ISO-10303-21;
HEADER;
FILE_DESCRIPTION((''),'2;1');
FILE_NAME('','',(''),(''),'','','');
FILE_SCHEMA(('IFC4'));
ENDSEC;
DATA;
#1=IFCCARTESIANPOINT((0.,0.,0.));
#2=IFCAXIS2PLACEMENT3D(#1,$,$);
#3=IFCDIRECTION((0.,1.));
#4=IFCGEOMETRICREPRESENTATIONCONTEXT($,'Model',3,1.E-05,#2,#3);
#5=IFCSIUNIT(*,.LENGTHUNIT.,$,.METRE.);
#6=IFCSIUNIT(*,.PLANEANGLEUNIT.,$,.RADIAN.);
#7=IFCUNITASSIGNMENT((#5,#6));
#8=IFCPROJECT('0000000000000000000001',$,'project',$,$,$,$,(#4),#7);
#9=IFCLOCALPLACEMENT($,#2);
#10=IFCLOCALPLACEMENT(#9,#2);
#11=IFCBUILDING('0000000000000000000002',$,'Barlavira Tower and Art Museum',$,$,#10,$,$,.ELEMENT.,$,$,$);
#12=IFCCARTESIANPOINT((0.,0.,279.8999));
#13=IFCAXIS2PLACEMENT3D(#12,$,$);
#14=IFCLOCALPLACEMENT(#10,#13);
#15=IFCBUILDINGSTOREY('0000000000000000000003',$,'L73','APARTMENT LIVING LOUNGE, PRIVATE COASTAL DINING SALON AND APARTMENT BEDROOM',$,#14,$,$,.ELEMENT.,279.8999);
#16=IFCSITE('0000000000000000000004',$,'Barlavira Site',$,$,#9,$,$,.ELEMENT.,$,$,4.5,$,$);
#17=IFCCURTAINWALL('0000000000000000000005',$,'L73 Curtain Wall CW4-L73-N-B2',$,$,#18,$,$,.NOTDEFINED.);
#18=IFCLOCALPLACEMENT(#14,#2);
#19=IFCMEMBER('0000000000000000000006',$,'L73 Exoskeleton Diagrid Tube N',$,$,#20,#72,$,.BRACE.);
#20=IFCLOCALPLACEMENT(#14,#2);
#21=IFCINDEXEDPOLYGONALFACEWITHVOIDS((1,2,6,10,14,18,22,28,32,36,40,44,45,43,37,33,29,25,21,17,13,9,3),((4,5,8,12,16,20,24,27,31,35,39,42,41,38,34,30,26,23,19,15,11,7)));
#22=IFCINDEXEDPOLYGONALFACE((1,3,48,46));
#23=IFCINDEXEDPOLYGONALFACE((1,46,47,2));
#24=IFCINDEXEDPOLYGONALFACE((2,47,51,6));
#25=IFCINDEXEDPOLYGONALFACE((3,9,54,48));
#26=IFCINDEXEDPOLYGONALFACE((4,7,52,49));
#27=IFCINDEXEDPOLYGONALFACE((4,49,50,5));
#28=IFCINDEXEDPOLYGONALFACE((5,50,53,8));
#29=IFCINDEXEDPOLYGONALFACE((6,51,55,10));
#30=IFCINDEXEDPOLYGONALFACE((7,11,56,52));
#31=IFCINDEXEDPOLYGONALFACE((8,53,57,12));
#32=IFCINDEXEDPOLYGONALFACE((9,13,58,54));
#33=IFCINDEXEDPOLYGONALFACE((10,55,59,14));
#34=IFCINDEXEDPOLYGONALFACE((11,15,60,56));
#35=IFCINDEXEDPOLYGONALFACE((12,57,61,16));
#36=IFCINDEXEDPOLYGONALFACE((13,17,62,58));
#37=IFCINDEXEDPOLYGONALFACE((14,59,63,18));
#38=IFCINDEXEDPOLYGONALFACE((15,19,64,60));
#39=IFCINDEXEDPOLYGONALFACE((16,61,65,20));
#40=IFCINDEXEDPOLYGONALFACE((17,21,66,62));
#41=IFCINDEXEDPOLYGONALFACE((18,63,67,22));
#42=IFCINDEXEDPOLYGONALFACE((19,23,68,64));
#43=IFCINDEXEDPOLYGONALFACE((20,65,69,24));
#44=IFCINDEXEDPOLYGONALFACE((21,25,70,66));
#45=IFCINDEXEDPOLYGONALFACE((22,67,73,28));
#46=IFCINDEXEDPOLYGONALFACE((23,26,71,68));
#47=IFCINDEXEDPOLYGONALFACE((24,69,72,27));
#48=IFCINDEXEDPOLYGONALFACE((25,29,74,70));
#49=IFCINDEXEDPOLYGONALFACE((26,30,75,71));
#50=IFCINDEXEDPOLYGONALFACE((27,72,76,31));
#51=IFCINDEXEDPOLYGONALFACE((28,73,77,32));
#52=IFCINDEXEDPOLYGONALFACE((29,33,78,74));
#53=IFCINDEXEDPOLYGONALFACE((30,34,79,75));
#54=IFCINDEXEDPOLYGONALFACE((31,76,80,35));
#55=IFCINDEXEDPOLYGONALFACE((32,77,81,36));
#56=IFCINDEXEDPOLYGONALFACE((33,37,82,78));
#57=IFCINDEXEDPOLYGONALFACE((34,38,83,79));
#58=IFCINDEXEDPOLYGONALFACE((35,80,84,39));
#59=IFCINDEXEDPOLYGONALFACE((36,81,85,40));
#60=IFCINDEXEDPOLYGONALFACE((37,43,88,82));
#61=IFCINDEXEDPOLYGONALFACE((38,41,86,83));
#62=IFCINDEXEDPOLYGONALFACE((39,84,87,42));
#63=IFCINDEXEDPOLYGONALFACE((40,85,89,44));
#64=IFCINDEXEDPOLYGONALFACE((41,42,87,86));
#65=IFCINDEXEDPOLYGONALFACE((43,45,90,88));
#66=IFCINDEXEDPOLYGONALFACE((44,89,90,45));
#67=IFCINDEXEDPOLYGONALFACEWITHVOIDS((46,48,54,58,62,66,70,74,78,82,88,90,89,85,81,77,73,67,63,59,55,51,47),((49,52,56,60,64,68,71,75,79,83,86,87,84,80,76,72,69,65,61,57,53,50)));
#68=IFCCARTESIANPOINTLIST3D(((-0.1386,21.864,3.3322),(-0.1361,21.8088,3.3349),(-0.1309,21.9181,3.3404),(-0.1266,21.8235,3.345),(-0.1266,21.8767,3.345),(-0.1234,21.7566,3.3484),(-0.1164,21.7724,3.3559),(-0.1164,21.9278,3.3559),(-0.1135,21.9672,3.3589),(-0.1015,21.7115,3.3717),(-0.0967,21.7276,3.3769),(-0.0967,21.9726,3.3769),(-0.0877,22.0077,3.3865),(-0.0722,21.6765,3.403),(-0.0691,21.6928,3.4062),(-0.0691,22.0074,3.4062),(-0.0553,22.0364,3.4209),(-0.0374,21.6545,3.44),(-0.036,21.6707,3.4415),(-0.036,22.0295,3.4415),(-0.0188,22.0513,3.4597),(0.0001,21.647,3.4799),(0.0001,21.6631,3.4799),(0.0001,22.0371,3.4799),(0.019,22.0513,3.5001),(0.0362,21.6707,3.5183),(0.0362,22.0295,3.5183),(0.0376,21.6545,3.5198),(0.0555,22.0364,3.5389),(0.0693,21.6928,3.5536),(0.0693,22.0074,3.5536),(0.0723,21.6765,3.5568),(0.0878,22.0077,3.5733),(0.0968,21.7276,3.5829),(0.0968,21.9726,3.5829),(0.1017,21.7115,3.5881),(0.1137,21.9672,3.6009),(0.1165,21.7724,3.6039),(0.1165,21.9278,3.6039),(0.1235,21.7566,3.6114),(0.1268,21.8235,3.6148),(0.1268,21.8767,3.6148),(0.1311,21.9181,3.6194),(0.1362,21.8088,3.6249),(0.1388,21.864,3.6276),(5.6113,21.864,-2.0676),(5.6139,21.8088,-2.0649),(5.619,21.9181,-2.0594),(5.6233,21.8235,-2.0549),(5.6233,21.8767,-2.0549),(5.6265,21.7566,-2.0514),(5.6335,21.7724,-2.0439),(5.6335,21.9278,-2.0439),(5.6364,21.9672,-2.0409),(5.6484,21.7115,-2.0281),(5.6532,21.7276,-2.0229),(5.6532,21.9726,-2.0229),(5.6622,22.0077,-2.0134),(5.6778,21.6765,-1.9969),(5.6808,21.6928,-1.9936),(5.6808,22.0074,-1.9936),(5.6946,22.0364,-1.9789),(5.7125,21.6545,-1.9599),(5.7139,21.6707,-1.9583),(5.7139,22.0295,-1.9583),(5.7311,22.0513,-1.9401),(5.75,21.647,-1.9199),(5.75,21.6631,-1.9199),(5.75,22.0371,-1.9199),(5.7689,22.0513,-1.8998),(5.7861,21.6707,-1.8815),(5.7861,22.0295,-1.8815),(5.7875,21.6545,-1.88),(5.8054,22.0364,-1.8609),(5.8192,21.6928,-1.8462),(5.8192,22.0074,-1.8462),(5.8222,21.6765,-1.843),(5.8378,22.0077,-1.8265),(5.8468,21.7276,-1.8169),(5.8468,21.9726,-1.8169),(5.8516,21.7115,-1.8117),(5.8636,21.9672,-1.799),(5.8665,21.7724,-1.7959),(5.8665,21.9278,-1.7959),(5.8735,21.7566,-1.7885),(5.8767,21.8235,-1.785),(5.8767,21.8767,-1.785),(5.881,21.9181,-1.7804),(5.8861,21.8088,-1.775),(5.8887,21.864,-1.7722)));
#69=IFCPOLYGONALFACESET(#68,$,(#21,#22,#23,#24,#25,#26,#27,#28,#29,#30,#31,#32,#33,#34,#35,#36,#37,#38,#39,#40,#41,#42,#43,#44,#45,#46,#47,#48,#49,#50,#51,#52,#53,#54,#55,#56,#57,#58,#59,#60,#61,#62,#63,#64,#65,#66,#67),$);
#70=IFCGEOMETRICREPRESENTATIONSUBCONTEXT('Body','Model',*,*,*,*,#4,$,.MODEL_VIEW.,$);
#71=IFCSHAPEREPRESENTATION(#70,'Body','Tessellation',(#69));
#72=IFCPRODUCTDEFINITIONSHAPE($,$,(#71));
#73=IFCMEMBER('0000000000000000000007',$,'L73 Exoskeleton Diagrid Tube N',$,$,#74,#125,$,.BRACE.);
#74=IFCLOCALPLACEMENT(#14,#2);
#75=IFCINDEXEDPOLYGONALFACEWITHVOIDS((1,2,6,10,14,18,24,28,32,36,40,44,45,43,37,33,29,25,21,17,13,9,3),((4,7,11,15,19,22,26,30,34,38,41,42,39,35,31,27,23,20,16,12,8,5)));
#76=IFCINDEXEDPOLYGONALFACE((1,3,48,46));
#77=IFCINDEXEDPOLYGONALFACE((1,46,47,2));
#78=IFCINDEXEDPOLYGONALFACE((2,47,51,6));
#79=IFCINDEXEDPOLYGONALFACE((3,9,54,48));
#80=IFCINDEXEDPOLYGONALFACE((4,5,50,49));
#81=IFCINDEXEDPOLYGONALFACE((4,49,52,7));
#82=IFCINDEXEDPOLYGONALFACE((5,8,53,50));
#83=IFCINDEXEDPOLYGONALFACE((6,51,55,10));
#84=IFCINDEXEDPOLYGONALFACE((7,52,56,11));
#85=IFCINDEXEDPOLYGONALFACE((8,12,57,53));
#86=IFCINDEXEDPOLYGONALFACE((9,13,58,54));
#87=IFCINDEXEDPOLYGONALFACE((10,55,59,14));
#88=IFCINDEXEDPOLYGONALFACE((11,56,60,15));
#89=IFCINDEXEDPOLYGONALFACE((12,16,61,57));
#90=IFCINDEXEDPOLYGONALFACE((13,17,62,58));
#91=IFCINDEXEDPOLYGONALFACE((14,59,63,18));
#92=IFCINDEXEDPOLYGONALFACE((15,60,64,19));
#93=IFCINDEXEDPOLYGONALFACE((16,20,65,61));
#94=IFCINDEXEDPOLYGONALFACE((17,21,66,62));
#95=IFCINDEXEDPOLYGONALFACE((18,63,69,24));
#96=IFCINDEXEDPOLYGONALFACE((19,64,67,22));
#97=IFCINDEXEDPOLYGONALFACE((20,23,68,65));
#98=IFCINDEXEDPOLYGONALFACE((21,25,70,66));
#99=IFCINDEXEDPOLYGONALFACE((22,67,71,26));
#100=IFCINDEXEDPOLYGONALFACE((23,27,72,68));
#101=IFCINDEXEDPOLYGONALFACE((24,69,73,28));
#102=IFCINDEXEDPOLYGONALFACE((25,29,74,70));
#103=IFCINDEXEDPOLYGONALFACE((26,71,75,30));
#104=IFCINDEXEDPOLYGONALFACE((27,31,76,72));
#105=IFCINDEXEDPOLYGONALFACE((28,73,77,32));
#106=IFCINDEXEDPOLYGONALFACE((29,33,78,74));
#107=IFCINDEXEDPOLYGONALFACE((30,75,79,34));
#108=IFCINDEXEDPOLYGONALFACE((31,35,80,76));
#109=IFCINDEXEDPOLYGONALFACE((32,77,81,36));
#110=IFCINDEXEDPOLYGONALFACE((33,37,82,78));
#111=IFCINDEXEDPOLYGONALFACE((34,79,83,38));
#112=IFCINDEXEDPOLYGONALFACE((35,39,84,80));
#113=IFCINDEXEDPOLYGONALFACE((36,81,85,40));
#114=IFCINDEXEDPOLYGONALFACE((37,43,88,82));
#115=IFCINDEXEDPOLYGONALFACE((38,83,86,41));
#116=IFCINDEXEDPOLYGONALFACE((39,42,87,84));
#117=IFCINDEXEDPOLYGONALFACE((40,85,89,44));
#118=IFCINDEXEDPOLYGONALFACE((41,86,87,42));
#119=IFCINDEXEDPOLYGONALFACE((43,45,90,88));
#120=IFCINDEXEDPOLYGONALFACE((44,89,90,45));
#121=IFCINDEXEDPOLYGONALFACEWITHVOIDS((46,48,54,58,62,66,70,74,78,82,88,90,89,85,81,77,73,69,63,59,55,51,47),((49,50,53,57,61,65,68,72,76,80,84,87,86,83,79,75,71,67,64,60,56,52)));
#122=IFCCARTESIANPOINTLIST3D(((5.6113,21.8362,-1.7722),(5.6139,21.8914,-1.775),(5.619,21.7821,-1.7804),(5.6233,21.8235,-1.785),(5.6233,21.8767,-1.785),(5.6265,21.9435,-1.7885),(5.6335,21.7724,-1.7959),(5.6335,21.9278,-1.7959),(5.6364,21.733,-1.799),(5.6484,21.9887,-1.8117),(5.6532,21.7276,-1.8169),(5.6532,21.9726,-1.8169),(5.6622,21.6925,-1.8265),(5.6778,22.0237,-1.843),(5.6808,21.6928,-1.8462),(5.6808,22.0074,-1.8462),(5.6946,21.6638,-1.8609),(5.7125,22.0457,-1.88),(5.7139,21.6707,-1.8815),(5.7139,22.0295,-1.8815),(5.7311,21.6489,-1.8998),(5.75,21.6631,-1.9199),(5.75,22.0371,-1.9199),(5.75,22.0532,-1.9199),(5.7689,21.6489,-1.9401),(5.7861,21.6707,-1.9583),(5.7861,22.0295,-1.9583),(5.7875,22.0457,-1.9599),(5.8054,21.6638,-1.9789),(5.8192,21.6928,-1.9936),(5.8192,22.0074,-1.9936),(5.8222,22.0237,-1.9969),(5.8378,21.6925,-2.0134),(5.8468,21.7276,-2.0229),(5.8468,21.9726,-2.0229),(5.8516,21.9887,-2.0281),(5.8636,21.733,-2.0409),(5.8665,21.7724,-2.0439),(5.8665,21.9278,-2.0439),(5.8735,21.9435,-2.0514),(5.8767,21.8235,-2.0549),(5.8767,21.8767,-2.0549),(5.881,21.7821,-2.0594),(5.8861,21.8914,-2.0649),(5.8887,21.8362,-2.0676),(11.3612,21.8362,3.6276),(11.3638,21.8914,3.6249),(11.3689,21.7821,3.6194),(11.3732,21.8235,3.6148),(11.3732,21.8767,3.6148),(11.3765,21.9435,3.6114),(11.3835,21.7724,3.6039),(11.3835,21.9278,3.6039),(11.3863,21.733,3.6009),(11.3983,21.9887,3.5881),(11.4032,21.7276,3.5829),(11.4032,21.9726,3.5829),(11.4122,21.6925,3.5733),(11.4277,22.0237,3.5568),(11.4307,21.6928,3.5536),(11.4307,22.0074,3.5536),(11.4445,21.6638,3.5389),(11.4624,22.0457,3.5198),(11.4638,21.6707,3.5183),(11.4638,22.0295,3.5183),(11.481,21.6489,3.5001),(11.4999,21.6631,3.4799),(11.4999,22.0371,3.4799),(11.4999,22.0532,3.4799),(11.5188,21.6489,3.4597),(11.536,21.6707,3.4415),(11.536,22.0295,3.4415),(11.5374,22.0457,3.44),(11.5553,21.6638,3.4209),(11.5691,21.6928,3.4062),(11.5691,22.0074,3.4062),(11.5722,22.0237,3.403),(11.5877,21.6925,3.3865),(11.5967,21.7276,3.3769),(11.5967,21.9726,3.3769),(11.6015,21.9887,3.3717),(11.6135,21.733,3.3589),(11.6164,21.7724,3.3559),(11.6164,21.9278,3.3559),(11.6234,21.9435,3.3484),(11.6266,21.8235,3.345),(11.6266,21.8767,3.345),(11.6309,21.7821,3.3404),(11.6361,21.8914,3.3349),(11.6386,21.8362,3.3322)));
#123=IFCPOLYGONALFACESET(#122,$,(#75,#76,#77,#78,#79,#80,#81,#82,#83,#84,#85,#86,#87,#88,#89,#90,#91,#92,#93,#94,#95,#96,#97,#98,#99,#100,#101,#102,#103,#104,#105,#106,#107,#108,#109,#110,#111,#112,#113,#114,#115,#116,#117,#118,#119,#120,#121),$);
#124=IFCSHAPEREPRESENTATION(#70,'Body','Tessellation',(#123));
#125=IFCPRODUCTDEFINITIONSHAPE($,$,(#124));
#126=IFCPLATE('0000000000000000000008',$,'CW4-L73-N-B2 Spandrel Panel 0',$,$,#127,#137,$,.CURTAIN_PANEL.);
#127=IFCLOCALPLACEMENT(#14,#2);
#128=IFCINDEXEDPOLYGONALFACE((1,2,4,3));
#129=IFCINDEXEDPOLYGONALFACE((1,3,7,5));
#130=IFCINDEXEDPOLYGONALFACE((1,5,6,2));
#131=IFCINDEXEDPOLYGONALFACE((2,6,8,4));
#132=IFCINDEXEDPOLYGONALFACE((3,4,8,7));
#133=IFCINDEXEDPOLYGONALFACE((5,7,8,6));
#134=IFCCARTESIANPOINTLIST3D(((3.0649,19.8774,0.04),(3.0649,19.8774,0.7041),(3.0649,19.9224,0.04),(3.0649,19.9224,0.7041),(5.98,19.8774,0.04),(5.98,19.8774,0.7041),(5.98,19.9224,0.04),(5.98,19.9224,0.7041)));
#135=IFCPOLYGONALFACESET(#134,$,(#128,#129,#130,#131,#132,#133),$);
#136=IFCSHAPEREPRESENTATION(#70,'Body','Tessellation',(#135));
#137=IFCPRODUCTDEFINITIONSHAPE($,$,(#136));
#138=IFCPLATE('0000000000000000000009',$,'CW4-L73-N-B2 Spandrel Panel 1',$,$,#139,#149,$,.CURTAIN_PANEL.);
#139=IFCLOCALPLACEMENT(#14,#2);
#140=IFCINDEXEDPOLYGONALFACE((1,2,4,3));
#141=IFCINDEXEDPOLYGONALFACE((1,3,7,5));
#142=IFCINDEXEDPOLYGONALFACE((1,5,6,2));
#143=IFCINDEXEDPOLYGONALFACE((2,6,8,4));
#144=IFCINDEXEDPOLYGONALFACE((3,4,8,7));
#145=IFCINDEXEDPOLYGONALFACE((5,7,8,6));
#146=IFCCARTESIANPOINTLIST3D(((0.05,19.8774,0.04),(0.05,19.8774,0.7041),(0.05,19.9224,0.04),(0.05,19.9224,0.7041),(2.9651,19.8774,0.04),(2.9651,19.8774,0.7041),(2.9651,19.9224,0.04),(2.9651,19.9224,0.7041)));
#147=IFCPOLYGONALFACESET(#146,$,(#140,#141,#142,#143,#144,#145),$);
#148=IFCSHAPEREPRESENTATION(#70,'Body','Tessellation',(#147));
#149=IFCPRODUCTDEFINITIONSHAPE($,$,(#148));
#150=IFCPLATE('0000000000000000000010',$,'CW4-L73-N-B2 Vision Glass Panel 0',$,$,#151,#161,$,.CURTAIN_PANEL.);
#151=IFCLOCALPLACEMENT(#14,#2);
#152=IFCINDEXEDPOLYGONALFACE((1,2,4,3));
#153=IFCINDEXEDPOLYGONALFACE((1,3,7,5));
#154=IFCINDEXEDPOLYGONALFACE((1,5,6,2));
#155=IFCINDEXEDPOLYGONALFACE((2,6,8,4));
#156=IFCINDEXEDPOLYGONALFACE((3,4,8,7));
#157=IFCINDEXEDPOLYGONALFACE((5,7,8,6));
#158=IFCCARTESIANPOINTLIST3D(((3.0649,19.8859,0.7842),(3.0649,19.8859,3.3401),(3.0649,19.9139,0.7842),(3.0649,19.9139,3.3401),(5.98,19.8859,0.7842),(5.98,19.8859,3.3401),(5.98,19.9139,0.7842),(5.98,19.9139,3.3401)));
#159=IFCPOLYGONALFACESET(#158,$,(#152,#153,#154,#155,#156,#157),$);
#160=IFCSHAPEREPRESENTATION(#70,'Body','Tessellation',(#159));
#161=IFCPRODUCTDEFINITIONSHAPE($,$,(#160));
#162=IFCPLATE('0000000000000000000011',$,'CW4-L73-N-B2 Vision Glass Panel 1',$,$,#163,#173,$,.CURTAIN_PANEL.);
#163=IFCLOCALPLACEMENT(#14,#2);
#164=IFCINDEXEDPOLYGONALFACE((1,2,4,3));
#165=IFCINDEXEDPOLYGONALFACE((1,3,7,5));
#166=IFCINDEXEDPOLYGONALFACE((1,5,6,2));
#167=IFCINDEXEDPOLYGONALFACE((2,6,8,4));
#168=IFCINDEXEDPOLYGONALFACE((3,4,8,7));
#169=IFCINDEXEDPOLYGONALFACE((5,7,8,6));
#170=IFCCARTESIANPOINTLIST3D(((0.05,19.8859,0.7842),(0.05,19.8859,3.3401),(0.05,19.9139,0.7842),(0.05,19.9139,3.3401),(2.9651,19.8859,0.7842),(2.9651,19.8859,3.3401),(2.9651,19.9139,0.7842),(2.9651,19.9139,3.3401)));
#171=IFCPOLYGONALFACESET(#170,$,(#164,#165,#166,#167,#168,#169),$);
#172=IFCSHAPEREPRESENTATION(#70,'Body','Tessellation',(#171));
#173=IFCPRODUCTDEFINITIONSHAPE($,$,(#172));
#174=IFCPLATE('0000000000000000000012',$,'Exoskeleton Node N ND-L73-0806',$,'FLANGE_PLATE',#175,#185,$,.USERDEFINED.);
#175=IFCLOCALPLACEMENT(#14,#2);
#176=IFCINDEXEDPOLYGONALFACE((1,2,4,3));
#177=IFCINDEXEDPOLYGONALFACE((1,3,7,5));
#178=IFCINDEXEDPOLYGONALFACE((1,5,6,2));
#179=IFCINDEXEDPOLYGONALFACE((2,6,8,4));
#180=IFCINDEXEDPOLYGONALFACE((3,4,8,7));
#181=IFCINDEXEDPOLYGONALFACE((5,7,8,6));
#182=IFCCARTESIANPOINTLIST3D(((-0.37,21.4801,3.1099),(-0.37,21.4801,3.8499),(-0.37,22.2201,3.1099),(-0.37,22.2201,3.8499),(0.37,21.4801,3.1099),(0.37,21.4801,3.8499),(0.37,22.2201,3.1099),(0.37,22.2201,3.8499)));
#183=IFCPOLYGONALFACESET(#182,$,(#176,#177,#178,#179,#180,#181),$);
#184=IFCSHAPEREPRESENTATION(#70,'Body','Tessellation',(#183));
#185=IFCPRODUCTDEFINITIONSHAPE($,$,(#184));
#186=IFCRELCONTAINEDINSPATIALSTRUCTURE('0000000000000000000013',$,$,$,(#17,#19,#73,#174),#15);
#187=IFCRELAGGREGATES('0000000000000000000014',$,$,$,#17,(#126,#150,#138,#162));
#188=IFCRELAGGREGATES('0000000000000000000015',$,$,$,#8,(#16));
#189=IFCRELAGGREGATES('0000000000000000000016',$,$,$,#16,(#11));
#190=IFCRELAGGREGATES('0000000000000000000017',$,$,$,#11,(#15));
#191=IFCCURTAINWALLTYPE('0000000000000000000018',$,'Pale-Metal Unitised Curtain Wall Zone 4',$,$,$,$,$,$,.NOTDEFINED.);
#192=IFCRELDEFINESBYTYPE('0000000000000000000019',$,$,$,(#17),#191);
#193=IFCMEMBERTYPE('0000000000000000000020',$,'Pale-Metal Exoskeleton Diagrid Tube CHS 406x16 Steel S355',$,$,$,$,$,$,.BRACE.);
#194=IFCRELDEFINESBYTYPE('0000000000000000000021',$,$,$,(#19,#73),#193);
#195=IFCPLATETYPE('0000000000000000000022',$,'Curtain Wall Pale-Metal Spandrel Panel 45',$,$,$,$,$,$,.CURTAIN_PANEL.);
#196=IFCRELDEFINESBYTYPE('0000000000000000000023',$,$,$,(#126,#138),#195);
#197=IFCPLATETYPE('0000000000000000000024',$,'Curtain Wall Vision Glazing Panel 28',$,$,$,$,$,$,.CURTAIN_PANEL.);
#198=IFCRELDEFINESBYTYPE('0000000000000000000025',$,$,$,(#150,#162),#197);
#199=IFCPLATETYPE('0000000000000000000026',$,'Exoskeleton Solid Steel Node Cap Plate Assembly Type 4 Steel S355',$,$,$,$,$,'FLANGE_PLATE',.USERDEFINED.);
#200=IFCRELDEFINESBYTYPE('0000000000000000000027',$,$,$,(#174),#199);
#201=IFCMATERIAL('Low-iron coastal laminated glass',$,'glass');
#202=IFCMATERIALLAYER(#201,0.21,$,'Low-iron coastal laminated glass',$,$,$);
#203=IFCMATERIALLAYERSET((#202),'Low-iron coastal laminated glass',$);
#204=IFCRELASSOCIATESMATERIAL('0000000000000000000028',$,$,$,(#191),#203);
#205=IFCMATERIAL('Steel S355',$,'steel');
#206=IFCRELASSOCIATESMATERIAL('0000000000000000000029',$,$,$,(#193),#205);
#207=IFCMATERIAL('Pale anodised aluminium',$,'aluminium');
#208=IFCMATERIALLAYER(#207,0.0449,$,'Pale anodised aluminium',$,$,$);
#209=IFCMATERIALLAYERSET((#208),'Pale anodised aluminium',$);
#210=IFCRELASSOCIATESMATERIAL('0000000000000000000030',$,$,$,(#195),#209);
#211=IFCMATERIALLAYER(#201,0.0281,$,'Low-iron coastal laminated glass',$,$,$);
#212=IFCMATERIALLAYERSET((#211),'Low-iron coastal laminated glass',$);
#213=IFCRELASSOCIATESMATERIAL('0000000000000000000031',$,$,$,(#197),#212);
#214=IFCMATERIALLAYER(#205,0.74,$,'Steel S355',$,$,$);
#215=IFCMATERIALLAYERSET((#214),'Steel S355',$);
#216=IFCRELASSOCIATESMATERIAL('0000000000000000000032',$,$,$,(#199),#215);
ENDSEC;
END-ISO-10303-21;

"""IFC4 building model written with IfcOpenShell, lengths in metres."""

from ifc_helpers import new_model, si_unit, direction, frame, origin, origin_2d, place, context, subcontext, project, spatial, rectangle, hollow_circle, extrude, material, layer, layer_set, material_profile, profile_set, type_object, element, aggregate, save


model = new_model("IFC4")

# Units and contexts
model_context = context("Model", 3, precision=1e-05, world=origin(), true_north=direction((0.0, 1.0)))
body_context = subcontext(model_context, "Body", "Model", "MODEL_VIEW")
ifc_project = project(units=[si_unit("LENGTHUNIT", "METRE"), si_unit("PLANEANGLEUNIT", "RADIAN")], contexts=[model_context])

# Site, building, storey
site_placement = place(None, origin())
site = spatial("IfcSite", under=ifc_project, at=site_placement, Name="Barlavira Site", CompositionType="ELEMENT", RefElevation=4.5)
building_placement = place(site_placement, origin())
building = spatial("IfcBuilding", under=site, at=building_placement, Name="Barlavira Tower and Art Museum", CompositionType="ELEMENT")
storey_placement = place(building_placement, frame((0.0, 0.0, 279.8999)))
storey = spatial("IfcBuildingStorey", under=building, at=storey_placement, Name="L73", Description="APARTMENT LIVING LOUNGE, PRIVATE COASTAL DINING SALON AND APARTMENT BEDROOM", CompositionType="ELEMENT", Elevation=279.8999)

# Curtain wall
ifc_material_1 = material(Name="Low-iron coastal laminated glass", Category="glass")
ifc_layer_1 = layer(ifc_material_1, 0.21, Name="Low-iron coastal laminated glass")
ifc_layer_set_1 = layer_set([ifc_layer_1], Name="Low-iron coastal laminated glass")
curtain_wall_type = type_object("IfcCurtainWallType", Name="Pale-Metal Unitised Curtain Wall Zone 4", PredefinedType="NOTDEFINED", material=ifc_layer_set_1)
curtain_wall_placement = place(storey_placement, origin())
curtain_wall = element("IfcCurtainWall", 1, at=curtain_wall_placement, inside=storey, type_object=curtain_wall_type, Name="L73 Curtain Wall CW4-L73-N-B2", PredefinedType="NOTDEFINED")
ifc_material_2 = material(Name="Pale anodised aluminium", Category="aluminium")

# Members
ifc_material_3 = material(Name="Steel S355", Category="steel")
ifc_material_profile_1 = material_profile(ifc_material_3, hollow_circle(Radius=0.2031, WallThickness=0.0161, at=origin_2d()), Name="CHS 406.4x16.0")
ifc_profile_set_1 = profile_set([ifc_material_profile_1], Name="Steel S355")
member_type_1 = type_object("IfcMemberType", Name="Pale-Metal Exoskeleton Diagrid Tube CHS 406x16 Steel S355", PredefinedType="BRACE", material=ifc_profile_set_1)
for number, where, z_axis, x_axis, name in (
    (2, (5.75, 21.8501, -1.9199), (-0.72895, 0.0, 0.684567), (0.0, -1.0, 0.0), "L73 Exoskeleton Diagrid Tube N"),
    (3, (5.75, 21.8501, -1.9199), (0.72895, 0.0, 0.684567), (0.0, 1.0, 0.0), "L73 Exoskeleton Diagrid Tube N"),
):
    element("IfcMember", number, at=place(storey_placement, frame(where, z_axis=z_axis, x_axis=x_axis)), inside=storey, type_object=member_type_1, Name=name, PredefinedType="BRACE", context=body_context, shape_type="SweptSolid", body=[
        extrude(hollow_circle(Radius=0.2031, WallThickness=0.0161, at=origin_2d()), origin(), (0.0, 0.0, 1.0), 7.8879),
    ])

# Plates
ifc_layer_2 = layer(ifc_material_2, 0.0449, Name="Pale anodised aluminium")
ifc_layer_set_2 = layer_set([ifc_layer_2], Name="Pale anodised aluminium")
plate_type_1 = type_object("IfcPlateType", Name="Curtain Wall Pale-Metal Spandrel Panel 45", PredefinedType="CURTAIN_PANEL", material=ifc_layer_set_2)
plate_1_placement = place(storey_placement, frame((4.5225, 19.8999, 0.04), z_axis=(0.0, 0.0, 1.0), x_axis=(-1.0, 0.0, 0.0)))
plate_1 = element("IfcPlate", 4, at=plate_1_placement, type_object=plate_type_1, Name="CW4-L73-N-B2 Spandrel Panel 0", PredefinedType="CURTAIN_PANEL", context=body_context, shape_type="SweptSolid", body=[
    extrude(rectangle(XDim=2.915, YDim=0.0449, at=origin_2d()), origin(), (0.0, 0.0, 1.0), 0.6641),
])
plate_2_placement = place(storey_placement, frame((1.5076, 19.8999, 0.04), z_axis=(0.0, 0.0, 1.0), x_axis=(-1.0, 0.0, 0.0)))
plate_2 = element("IfcPlate", 5, at=plate_2_placement, type_object=plate_type_1, Name="CW4-L73-N-B2 Spandrel Panel 1", PredefinedType="CURTAIN_PANEL", context=body_context, shape_type="SweptSolid", body=[
    extrude(rectangle(XDim=2.915, YDim=0.0449, at=origin_2d()), origin(), (0.0, 0.0, 1.0), 0.6641),
])
ifc_layer_3 = layer(ifc_material_1, 0.0281, Name="Low-iron coastal laminated glass")
ifc_layer_set_3 = layer_set([ifc_layer_3], Name="Low-iron coastal laminated glass")
plate_type_2 = type_object("IfcPlateType", Name="Curtain Wall Vision Glazing Panel 28", PredefinedType="CURTAIN_PANEL", material=ifc_layer_set_3)
plate_3_placement = place(storey_placement, frame((4.5225, 19.8999, 0.7842), z_axis=(0.0, 0.0, 1.0), x_axis=(-1.0, 0.0, 0.0)))
plate_3 = element("IfcPlate", 6, at=plate_3_placement, type_object=plate_type_2, Name="CW4-L73-N-B2 Vision Glass Panel 0", PredefinedType="CURTAIN_PANEL", context=body_context, shape_type="SweptSolid", body=[
    extrude(rectangle(XDim=2.915, YDim=0.0281, at=origin_2d()), origin(), (0.0, 0.0, 1.0), 2.5559),
])
plate_4_placement = place(storey_placement, frame((1.5076, 19.8999, 0.7842), z_axis=(0.0, 0.0, 1.0), x_axis=(-1.0, 0.0, 0.0)))
plate_4 = element("IfcPlate", 7, at=plate_4_placement, type_object=plate_type_2, Name="CW4-L73-N-B2 Vision Glass Panel 1", PredefinedType="CURTAIN_PANEL", context=body_context, shape_type="SweptSolid", body=[
    extrude(rectangle(XDim=2.915, YDim=0.0281, at=origin_2d()), origin(), (0.0, 0.0, 1.0), 2.5559),
])
aggregate(curtain_wall, [plate_1, plate_3, plate_2, plate_4])
ifc_layer_4 = layer(ifc_material_3, 0.74, Name="Steel S355")
ifc_layer_set_4 = layer_set([ifc_layer_4], Name="Steel S355")
plate_type_3 = type_object("IfcPlateType", Name="Exoskeleton Solid Steel Node Cap Plate Assembly Type 4 Steel S355", ElementType="FLANGE_PLATE", PredefinedType="USERDEFINED", material=ifc_layer_set_4)
plate_5_placement = place(storey_placement, frame((0.0, 21.8501, 3.1099), z_axis=(0.0, 0.0, 1.0), x_axis=(1.0, 0.0, 0.0)))
element("IfcPlate", 8, at=plate_5_placement, inside=storey, type_object=plate_type_3, Name="Exoskeleton Node N ND-L73-0806", ObjectType="FLANGE_PLATE", PredefinedType="USERDEFINED", context=body_context, shape_type="SweptSolid", body=[
    extrude(rectangle(XDim=0.74, YDim=0.74, at=origin_2d()), origin(), (0.0, 0.0, 1.0), 0.74),
])

save(model, "model.ifc")
